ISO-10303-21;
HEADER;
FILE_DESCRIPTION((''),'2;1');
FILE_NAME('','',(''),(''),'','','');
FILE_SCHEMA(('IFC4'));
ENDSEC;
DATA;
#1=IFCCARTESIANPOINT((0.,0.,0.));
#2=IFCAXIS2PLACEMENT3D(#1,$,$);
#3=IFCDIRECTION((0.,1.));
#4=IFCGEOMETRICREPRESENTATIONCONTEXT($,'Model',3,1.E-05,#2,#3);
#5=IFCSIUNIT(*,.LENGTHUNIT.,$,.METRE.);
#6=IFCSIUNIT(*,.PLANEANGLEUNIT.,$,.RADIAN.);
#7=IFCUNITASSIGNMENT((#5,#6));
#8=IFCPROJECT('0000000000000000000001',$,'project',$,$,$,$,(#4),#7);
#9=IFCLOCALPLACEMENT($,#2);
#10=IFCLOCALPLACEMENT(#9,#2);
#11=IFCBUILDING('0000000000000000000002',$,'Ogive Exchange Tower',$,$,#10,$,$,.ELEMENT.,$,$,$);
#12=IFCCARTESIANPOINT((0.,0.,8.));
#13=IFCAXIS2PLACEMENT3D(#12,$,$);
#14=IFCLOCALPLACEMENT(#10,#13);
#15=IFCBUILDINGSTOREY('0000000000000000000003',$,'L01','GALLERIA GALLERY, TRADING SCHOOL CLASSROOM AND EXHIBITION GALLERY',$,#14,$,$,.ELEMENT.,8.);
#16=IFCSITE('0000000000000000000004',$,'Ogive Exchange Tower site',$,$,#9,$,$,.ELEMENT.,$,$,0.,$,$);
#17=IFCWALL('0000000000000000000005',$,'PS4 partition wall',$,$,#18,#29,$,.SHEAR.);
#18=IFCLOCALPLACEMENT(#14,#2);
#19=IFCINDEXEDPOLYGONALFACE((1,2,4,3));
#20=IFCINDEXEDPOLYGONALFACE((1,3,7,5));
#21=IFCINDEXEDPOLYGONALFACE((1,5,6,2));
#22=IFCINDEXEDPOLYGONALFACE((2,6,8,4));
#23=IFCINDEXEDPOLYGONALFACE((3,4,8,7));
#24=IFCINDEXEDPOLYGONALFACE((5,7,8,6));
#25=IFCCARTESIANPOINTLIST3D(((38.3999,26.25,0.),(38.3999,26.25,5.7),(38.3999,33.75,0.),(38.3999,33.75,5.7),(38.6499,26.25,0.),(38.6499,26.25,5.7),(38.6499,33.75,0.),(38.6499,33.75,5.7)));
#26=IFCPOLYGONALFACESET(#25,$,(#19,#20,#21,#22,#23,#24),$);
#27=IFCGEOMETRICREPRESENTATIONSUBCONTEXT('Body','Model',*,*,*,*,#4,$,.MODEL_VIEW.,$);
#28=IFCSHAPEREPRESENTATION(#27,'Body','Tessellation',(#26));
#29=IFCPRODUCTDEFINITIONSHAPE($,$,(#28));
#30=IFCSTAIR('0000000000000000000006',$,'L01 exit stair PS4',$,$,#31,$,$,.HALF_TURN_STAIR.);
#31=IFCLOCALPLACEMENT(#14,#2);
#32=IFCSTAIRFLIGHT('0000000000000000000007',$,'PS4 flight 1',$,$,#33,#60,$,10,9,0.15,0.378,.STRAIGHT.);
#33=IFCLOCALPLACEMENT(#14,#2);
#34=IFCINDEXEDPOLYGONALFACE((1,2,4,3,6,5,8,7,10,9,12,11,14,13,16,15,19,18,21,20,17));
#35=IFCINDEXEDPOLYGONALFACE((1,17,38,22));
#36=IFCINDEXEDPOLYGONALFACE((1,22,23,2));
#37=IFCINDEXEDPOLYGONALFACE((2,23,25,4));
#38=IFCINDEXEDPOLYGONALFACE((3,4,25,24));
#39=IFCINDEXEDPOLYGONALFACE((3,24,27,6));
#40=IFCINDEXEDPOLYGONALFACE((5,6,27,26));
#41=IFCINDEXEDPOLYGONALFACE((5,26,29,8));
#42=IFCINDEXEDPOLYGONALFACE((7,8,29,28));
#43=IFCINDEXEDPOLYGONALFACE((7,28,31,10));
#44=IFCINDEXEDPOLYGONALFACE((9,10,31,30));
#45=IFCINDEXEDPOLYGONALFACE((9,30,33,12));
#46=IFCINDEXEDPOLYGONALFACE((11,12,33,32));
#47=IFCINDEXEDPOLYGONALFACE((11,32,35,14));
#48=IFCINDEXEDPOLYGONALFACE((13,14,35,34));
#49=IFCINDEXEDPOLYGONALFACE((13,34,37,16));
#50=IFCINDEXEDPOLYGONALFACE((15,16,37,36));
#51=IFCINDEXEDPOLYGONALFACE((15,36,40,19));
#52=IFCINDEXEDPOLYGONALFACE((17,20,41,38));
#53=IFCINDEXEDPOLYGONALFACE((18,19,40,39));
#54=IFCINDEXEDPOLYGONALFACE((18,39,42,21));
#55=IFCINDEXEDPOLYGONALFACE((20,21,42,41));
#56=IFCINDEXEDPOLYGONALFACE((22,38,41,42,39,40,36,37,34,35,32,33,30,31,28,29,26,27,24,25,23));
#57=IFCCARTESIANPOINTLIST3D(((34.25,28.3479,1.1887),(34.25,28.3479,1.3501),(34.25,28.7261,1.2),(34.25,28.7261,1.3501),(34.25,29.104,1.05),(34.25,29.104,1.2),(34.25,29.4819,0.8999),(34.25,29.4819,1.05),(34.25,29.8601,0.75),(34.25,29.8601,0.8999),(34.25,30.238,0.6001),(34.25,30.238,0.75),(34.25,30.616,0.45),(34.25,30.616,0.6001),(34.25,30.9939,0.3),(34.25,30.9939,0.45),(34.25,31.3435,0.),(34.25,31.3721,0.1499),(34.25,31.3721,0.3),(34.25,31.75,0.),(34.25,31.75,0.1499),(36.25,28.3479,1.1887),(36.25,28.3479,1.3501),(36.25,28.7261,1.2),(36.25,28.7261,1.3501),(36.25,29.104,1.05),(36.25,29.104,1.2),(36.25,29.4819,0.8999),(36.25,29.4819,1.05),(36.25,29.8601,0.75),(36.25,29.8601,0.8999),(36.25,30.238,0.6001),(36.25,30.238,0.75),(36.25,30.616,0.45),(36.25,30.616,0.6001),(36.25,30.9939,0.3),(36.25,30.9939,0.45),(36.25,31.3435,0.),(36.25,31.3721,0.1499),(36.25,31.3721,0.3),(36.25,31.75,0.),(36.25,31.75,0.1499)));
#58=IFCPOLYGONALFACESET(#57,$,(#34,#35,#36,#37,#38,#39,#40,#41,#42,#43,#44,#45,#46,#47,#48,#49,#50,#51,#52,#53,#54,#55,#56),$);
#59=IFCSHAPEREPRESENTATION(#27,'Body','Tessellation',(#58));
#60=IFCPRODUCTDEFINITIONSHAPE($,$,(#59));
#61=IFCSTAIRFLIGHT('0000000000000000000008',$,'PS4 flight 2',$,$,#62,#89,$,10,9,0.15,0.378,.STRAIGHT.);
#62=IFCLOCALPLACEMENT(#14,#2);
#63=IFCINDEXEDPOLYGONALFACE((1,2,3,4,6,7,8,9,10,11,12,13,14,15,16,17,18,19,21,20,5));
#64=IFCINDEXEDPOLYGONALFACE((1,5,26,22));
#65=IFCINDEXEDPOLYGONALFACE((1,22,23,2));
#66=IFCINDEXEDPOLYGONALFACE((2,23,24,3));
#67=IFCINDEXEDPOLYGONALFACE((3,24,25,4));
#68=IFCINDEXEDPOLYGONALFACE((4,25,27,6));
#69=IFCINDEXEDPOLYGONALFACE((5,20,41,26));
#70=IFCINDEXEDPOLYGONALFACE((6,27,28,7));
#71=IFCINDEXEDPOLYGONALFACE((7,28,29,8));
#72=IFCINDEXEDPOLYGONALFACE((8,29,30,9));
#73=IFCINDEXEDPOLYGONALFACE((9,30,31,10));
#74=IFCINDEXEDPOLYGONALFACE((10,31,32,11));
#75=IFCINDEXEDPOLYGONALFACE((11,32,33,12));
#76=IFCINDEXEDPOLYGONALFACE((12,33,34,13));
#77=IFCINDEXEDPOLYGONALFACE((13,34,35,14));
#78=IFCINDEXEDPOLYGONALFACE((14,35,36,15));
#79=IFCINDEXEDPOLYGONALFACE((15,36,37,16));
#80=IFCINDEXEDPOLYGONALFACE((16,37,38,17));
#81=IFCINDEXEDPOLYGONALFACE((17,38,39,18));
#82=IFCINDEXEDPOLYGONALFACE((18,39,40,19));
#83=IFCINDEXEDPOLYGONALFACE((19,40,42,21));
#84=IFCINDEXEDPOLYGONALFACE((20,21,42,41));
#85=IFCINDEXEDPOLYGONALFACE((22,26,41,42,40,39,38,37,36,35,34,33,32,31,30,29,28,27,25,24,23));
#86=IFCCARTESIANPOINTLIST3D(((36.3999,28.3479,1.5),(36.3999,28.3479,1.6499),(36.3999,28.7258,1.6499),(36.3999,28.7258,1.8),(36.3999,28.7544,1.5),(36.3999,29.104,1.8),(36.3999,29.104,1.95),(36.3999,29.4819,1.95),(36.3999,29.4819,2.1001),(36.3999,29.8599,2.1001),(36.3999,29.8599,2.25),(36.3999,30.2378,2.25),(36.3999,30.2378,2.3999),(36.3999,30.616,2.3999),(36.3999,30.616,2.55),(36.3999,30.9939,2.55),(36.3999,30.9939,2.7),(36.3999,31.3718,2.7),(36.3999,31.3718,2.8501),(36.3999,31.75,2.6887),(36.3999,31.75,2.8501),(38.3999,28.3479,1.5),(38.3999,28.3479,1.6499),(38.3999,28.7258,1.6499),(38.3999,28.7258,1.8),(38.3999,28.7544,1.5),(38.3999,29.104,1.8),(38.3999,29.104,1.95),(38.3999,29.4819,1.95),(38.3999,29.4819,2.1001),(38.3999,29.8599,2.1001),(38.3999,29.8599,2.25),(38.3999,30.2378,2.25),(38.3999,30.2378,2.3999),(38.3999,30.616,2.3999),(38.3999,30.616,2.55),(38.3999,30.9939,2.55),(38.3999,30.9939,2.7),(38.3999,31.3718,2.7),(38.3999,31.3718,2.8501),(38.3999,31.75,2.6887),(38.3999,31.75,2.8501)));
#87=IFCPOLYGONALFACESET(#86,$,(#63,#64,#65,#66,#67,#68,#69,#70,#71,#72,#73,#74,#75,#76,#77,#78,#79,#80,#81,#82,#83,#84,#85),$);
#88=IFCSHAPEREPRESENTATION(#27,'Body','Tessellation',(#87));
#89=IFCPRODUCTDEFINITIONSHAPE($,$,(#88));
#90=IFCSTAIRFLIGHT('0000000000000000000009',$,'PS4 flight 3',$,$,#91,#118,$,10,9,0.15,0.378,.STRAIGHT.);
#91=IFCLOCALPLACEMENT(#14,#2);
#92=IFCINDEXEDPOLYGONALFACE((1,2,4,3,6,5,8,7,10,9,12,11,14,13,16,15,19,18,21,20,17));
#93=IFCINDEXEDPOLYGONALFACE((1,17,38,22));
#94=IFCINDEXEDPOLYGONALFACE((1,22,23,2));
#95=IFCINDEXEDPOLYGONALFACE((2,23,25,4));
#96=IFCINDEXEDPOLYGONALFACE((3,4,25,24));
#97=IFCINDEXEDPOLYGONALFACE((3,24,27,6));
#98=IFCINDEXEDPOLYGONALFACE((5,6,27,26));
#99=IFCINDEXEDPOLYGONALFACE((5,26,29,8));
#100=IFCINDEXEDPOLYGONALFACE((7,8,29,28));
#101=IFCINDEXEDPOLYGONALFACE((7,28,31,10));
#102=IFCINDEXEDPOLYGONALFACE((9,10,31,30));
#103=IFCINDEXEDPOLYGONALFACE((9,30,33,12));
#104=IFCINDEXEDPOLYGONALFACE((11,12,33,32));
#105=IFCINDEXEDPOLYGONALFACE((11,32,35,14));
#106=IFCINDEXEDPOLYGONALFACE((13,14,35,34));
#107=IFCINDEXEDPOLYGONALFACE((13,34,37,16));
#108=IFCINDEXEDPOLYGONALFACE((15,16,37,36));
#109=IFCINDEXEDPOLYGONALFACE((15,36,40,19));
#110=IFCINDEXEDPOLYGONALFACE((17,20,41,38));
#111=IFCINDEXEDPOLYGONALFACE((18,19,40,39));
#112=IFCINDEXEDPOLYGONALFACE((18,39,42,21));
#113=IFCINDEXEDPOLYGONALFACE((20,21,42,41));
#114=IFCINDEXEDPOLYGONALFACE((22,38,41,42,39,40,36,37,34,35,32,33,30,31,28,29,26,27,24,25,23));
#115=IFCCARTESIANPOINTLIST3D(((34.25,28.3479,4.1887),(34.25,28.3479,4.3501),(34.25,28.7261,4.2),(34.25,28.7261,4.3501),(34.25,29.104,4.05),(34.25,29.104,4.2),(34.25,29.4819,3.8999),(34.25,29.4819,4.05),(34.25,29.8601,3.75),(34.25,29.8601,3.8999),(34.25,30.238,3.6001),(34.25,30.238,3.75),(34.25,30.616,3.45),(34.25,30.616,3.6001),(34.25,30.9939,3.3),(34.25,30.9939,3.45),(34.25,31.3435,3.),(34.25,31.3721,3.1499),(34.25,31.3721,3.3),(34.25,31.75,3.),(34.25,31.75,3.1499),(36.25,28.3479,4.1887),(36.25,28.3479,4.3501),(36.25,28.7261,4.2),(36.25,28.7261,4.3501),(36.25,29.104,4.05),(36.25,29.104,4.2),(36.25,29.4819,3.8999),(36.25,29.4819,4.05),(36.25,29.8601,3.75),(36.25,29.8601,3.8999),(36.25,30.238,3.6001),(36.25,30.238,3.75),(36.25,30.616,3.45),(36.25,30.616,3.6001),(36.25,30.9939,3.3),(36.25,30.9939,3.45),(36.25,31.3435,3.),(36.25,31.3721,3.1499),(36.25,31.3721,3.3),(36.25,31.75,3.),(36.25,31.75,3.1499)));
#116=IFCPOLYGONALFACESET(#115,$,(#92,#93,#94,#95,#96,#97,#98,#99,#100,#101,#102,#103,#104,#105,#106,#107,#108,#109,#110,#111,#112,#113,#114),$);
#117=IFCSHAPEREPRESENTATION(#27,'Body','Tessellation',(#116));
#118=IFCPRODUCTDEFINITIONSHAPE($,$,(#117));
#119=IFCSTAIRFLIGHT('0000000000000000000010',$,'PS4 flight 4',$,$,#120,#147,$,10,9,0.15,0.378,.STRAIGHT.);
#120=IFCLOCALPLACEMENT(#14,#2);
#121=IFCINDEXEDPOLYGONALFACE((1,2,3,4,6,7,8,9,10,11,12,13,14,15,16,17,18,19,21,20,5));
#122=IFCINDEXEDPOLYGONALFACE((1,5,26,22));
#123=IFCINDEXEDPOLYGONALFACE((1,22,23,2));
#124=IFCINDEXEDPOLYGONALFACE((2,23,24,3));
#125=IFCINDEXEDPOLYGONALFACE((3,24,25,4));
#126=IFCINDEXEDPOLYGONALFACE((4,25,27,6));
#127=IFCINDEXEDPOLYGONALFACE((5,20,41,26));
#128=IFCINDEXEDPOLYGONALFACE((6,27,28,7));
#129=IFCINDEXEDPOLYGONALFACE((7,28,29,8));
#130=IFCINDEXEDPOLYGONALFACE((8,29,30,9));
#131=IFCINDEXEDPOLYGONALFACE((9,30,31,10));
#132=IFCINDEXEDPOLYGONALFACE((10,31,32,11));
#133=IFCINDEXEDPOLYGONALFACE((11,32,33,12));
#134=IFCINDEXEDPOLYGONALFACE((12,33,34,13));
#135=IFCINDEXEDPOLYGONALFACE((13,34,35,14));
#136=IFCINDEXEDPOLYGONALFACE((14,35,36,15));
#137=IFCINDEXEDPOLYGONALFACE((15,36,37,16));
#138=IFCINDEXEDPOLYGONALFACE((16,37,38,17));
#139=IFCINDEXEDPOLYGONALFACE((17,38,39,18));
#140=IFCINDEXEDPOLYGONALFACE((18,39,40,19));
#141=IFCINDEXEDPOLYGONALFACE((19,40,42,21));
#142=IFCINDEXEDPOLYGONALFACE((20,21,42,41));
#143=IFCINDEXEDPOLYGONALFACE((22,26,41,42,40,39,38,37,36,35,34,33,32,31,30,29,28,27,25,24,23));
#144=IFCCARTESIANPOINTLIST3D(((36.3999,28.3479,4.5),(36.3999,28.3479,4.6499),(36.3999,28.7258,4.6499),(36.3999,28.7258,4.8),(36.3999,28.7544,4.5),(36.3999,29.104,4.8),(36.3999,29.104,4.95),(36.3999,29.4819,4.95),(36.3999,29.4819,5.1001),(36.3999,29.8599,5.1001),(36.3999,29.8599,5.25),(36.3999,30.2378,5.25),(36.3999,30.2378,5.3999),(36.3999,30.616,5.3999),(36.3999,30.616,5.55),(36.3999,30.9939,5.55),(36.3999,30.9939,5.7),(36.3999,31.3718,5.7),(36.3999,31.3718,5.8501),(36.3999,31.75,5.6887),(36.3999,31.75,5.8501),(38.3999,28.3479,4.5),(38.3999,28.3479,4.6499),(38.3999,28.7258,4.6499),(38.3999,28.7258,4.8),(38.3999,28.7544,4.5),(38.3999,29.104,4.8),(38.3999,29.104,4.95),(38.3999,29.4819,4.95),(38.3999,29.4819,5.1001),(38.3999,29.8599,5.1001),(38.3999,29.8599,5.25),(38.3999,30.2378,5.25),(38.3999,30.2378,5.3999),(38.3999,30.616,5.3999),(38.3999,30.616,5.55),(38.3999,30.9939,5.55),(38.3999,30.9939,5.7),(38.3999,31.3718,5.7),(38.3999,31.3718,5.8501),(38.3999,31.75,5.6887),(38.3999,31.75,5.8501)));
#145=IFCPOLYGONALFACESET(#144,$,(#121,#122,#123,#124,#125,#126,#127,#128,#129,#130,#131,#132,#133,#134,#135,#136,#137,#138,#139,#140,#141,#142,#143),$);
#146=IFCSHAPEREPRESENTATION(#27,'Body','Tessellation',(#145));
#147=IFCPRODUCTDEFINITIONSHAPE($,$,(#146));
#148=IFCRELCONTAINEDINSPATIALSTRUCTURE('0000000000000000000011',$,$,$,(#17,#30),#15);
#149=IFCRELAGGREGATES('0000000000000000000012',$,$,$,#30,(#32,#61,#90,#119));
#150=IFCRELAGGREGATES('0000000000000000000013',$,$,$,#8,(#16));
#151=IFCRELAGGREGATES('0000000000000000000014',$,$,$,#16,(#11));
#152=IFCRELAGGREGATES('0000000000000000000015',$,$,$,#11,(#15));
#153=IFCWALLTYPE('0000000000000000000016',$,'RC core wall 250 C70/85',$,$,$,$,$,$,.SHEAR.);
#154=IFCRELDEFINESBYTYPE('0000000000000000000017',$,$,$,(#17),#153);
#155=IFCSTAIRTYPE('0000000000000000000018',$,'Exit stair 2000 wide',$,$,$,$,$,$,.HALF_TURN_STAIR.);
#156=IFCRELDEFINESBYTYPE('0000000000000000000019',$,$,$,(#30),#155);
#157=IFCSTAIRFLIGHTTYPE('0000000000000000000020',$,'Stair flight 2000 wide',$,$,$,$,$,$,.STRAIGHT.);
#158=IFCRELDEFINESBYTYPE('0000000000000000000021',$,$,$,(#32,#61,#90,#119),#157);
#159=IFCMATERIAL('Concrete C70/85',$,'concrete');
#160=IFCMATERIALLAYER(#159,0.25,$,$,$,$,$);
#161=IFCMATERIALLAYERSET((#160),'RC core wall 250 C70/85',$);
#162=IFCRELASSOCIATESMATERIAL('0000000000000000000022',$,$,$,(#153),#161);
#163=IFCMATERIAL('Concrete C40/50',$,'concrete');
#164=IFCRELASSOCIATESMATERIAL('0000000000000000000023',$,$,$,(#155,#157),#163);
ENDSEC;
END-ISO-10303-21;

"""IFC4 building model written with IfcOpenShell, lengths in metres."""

from ifc_helpers import new_model, si_unit, direction, frame, frame_2d, origin, place, context, subcontext, project, spatial, polyline, rectangle, outline, extrude, material, layer, layer_set, type_object, element, aggregate, save


model = new_model("IFC4")

# Units and contexts
model_context = context("Model", 3, precision=1e-05, world=origin(), true_north=direction((0.0, 1.0)))
body_context = subcontext(model_context, "Body", "Model", "MODEL_VIEW")
ifc_project = project(units=[si_unit("LENGTHUNIT", "METRE"), si_unit("PLANEANGLEUNIT", "RADIAN")], contexts=[model_context])

# Site, building, storey
site_placement = place(None, origin())
site = spatial("IfcSite", under=ifc_project, at=site_placement, Name="Ogive Exchange Tower site", CompositionType="ELEMENT", RefElevation=0.0)
building_placement = place(site_placement, origin())
building = spatial("IfcBuilding", under=site, at=building_placement, Name="Ogive Exchange Tower", CompositionType="ELEMENT")
storey_placement = place(building_placement, frame((0.0, 0.0, 8.0)))
storey = spatial("IfcBuildingStorey", under=building, at=storey_placement, Name="L01", Description="GALLERIA GALLERY, TRADING SCHOOL CLASSROOM AND EXHIBITION GALLERY", CompositionType="ELEMENT", Elevation=8.0)

# Shared definitions
ifc_material_1 = material(Name="Concrete C70/85", Category="concrete")

# Shared definitions
ifc_layer_1 = layer(ifc_material_1, 0.25)
ifc_layer_set_1 = layer_set([ifc_layer_1], Name="RC core wall 250 C70/85")
wall_type_1 = type_object("IfcWallType", Name="RC core wall 250 C70/85", PredefinedType="SHEAR", material=ifc_layer_set_1)

# Wall
wall_1_placement = place(storey_placement, frame((38.5249, 26.25, 0.0), z_axis=(0.0, 0.0, 1.0), x_axis=(0.0, 1.0, 0.0)))
element("IfcWall", 1, at=wall_1_placement, inside=storey, type_object=wall_type_1, Name="PS4 partition wall", PredefinedType="SHEAR", context=body_context, shape_type="SweptSolid", body=[
    extrude(rectangle(XDim=7.5, YDim=0.25, at=frame_2d((3.75, 0.0))), origin(), (0.0, 0.0, 1.0), 5.7),
])

# Stair, stair flights
ifc_material_2 = material(Name="Concrete C40/50", Category="concrete")
stair_type = type_object("IfcStairType", Name="Exit stair 2000 wide", PredefinedType="HALF_TURN_STAIR", material=ifc_material_2)
stair_placement = place(storey_placement, origin())
stair = element("IfcStair", 2, at=stair_placement, inside=storey, type_object=stair_type, Name="L01 exit stair PS4", PredefinedType="HALF_TURN_STAIR")
stair_flight_type = type_object("IfcStairFlightType", Name="Stair flight 2000 wide", PredefinedType="STRAIGHT", material=ifc_material_2)
stair_flight_1_placement = place(storey_placement, frame((35.25, 31.75, 0.0), z_axis=(0.0, 0.0, 1.0), x_axis=(0.0, -1.0, 0.0)))
stair_flight_1 = element("IfcStairFlight", 3, at=stair_flight_1_placement, type_object=stair_flight_type, Name="PS4 flight 1", NumberOfRisers=10, NumberOfTreads=9, PredefinedType="STRAIGHT", RiserHeight=0.15, TreadLength=0.378, context=body_context, shape_type="SweptSolid", body=[
    extrude(outline(polyline([(0.0, 0.0), (0.0, 0.1499), (0.3779, 0.1499), (0.3779, 0.3), (0.7561, 0.3), (0.7561, 0.45), (1.134, 0.45), (1.134, 0.6001), (1.512, 0.6001), (1.512, 0.75), (1.8899, 0.75), (1.8899, 0.8999), (2.2681, 0.8999), (2.2681, 1.05), (2.646, 1.05), (2.646, 1.2), (3.0239, 1.2), (3.0239, 1.3501), (3.4021, 1.3501), (3.4021, 1.5), (3.4021, 1.1887), (0.4065, 0.0), (0.0, 0.0)])), frame((0.0, 1.0, 0.0), z_axis=(0.0, -1.0, 0.0), x_axis=(1.0, 0.0, 0.0)), (0.0, 0.0, 1.0), 2.0),
])
stair_flight_2_placement = place(storey_placement, frame((37.3999, 28.3479, 1.5), z_axis=(0.0, 0.0, 1.0), x_axis=(0.0, 1.0, 0.0)))
stair_flight_2 = element("IfcStairFlight", 4, at=stair_flight_2_placement, type_object=stair_flight_type, Name="PS4 flight 2", NumberOfRisers=10, NumberOfTreads=9, PredefinedType="STRAIGHT", RiserHeight=0.15, TreadLength=0.378, context=body_context, shape_type="SweptSolid", body=[
    extrude(outline(polyline([(0.0, 0.0), (0.0, 0.1499), (0.3779, 0.1499), (0.3779, 0.3), (0.7561, 0.3), (0.7561, 0.45), (1.134, 0.45), (1.134, 0.6001), (1.512, 0.6001), (1.512, 0.75), (1.8899, 0.75), (1.8899, 0.8999), (2.2681, 0.8999), (2.2681, 1.05), (2.646, 1.05), (2.646, 1.2), (3.0239, 1.2), (3.0239, 1.3501), (3.4021, 1.3501), (3.4021, 1.5), (3.4021, 1.1887), (0.4065, 0.0), (0.0, 0.0)])), frame((0.0, 1.0, 0.0), z_axis=(0.0, -1.0, 0.0), x_axis=(1.0, 0.0, 0.0)), (0.0, 0.0, 1.0), 2.0),
])
stair_flight_3_placement = place(storey_placement, frame((35.25, 31.75, 3.0), z_axis=(0.0, 0.0, 1.0), x_axis=(0.0, -1.0, 0.0)))
stair_flight_3 = element("IfcStairFlight", 5, at=stair_flight_3_placement, type_object=stair_flight_type, Name="PS4 flight 3", NumberOfRisers=10, NumberOfTreads=9, PredefinedType="STRAIGHT", RiserHeight=0.15, TreadLength=0.378, context=body_context, shape_type="SweptSolid", body=[
    extrude(outline(polyline([(0.0, 0.0), (0.0, 0.1499), (0.3779, 0.1499), (0.3779, 0.3), (0.7561, 0.3), (0.7561, 0.45), (1.134, 0.45), (1.134, 0.6001), (1.512, 0.6001), (1.512, 0.75), (1.8899, 0.75), (1.8899, 0.8999), (2.2681, 0.8999), (2.2681, 1.05), (2.646, 1.05), (2.646, 1.2), (3.0239, 1.2), (3.0239, 1.3501), (3.4021, 1.3501), (3.4021, 1.5), (3.4021, 1.1887), (0.4065, 0.0), (0.0, 0.0)])), frame((0.0, 1.0, 0.0), z_axis=(0.0, -1.0, 0.0), x_axis=(1.0, 0.0, 0.0)), (0.0, 0.0, 1.0), 2.0),
])
stair_flight_4_placement = place(storey_placement, frame((37.3999, 28.3479, 4.5), z_axis=(0.0, 0.0, 1.0), x_axis=(0.0, 1.0, 0.0)))
stair_flight_4 = element("IfcStairFlight", 6, at=stair_flight_4_placement, type_object=stair_flight_type, Name="PS4 flight 4", NumberOfRisers=10, NumberOfTreads=9, PredefinedType="STRAIGHT", RiserHeight=0.15, TreadLength=0.378, context=body_context, shape_type="SweptSolid", body=[
    extrude(outline(polyline([(0.0, 0.0), (0.0, 0.1499), (0.3779, 0.1499), (0.3779, 0.3), (0.7561, 0.3), (0.7561, 0.45), (1.134, 0.45), (1.134, 0.6001), (1.512, 0.6001), (1.512, 0.75), (1.8899, 0.75), (1.8899, 0.8999), (2.2681, 0.8999), (2.2681, 1.05), (2.646, 1.05), (2.646, 1.2), (3.0239, 1.2), (3.0239, 1.3501), (3.4021, 1.3501), (3.4021, 1.5), (3.4021, 1.1887), (0.4065, 0.0), (0.0, 0.0)])), frame((0.0, 1.0, 0.0), z_axis=(0.0, -1.0, 0.0), x_axis=(1.0, 0.0, 0.0)), (0.0, 0.0, 1.0), 2.0),
])
aggregate(stair, [stair_flight_1, stair_flight_2, stair_flight_3, stair_flight_4])

save(model, "model.ifc")
